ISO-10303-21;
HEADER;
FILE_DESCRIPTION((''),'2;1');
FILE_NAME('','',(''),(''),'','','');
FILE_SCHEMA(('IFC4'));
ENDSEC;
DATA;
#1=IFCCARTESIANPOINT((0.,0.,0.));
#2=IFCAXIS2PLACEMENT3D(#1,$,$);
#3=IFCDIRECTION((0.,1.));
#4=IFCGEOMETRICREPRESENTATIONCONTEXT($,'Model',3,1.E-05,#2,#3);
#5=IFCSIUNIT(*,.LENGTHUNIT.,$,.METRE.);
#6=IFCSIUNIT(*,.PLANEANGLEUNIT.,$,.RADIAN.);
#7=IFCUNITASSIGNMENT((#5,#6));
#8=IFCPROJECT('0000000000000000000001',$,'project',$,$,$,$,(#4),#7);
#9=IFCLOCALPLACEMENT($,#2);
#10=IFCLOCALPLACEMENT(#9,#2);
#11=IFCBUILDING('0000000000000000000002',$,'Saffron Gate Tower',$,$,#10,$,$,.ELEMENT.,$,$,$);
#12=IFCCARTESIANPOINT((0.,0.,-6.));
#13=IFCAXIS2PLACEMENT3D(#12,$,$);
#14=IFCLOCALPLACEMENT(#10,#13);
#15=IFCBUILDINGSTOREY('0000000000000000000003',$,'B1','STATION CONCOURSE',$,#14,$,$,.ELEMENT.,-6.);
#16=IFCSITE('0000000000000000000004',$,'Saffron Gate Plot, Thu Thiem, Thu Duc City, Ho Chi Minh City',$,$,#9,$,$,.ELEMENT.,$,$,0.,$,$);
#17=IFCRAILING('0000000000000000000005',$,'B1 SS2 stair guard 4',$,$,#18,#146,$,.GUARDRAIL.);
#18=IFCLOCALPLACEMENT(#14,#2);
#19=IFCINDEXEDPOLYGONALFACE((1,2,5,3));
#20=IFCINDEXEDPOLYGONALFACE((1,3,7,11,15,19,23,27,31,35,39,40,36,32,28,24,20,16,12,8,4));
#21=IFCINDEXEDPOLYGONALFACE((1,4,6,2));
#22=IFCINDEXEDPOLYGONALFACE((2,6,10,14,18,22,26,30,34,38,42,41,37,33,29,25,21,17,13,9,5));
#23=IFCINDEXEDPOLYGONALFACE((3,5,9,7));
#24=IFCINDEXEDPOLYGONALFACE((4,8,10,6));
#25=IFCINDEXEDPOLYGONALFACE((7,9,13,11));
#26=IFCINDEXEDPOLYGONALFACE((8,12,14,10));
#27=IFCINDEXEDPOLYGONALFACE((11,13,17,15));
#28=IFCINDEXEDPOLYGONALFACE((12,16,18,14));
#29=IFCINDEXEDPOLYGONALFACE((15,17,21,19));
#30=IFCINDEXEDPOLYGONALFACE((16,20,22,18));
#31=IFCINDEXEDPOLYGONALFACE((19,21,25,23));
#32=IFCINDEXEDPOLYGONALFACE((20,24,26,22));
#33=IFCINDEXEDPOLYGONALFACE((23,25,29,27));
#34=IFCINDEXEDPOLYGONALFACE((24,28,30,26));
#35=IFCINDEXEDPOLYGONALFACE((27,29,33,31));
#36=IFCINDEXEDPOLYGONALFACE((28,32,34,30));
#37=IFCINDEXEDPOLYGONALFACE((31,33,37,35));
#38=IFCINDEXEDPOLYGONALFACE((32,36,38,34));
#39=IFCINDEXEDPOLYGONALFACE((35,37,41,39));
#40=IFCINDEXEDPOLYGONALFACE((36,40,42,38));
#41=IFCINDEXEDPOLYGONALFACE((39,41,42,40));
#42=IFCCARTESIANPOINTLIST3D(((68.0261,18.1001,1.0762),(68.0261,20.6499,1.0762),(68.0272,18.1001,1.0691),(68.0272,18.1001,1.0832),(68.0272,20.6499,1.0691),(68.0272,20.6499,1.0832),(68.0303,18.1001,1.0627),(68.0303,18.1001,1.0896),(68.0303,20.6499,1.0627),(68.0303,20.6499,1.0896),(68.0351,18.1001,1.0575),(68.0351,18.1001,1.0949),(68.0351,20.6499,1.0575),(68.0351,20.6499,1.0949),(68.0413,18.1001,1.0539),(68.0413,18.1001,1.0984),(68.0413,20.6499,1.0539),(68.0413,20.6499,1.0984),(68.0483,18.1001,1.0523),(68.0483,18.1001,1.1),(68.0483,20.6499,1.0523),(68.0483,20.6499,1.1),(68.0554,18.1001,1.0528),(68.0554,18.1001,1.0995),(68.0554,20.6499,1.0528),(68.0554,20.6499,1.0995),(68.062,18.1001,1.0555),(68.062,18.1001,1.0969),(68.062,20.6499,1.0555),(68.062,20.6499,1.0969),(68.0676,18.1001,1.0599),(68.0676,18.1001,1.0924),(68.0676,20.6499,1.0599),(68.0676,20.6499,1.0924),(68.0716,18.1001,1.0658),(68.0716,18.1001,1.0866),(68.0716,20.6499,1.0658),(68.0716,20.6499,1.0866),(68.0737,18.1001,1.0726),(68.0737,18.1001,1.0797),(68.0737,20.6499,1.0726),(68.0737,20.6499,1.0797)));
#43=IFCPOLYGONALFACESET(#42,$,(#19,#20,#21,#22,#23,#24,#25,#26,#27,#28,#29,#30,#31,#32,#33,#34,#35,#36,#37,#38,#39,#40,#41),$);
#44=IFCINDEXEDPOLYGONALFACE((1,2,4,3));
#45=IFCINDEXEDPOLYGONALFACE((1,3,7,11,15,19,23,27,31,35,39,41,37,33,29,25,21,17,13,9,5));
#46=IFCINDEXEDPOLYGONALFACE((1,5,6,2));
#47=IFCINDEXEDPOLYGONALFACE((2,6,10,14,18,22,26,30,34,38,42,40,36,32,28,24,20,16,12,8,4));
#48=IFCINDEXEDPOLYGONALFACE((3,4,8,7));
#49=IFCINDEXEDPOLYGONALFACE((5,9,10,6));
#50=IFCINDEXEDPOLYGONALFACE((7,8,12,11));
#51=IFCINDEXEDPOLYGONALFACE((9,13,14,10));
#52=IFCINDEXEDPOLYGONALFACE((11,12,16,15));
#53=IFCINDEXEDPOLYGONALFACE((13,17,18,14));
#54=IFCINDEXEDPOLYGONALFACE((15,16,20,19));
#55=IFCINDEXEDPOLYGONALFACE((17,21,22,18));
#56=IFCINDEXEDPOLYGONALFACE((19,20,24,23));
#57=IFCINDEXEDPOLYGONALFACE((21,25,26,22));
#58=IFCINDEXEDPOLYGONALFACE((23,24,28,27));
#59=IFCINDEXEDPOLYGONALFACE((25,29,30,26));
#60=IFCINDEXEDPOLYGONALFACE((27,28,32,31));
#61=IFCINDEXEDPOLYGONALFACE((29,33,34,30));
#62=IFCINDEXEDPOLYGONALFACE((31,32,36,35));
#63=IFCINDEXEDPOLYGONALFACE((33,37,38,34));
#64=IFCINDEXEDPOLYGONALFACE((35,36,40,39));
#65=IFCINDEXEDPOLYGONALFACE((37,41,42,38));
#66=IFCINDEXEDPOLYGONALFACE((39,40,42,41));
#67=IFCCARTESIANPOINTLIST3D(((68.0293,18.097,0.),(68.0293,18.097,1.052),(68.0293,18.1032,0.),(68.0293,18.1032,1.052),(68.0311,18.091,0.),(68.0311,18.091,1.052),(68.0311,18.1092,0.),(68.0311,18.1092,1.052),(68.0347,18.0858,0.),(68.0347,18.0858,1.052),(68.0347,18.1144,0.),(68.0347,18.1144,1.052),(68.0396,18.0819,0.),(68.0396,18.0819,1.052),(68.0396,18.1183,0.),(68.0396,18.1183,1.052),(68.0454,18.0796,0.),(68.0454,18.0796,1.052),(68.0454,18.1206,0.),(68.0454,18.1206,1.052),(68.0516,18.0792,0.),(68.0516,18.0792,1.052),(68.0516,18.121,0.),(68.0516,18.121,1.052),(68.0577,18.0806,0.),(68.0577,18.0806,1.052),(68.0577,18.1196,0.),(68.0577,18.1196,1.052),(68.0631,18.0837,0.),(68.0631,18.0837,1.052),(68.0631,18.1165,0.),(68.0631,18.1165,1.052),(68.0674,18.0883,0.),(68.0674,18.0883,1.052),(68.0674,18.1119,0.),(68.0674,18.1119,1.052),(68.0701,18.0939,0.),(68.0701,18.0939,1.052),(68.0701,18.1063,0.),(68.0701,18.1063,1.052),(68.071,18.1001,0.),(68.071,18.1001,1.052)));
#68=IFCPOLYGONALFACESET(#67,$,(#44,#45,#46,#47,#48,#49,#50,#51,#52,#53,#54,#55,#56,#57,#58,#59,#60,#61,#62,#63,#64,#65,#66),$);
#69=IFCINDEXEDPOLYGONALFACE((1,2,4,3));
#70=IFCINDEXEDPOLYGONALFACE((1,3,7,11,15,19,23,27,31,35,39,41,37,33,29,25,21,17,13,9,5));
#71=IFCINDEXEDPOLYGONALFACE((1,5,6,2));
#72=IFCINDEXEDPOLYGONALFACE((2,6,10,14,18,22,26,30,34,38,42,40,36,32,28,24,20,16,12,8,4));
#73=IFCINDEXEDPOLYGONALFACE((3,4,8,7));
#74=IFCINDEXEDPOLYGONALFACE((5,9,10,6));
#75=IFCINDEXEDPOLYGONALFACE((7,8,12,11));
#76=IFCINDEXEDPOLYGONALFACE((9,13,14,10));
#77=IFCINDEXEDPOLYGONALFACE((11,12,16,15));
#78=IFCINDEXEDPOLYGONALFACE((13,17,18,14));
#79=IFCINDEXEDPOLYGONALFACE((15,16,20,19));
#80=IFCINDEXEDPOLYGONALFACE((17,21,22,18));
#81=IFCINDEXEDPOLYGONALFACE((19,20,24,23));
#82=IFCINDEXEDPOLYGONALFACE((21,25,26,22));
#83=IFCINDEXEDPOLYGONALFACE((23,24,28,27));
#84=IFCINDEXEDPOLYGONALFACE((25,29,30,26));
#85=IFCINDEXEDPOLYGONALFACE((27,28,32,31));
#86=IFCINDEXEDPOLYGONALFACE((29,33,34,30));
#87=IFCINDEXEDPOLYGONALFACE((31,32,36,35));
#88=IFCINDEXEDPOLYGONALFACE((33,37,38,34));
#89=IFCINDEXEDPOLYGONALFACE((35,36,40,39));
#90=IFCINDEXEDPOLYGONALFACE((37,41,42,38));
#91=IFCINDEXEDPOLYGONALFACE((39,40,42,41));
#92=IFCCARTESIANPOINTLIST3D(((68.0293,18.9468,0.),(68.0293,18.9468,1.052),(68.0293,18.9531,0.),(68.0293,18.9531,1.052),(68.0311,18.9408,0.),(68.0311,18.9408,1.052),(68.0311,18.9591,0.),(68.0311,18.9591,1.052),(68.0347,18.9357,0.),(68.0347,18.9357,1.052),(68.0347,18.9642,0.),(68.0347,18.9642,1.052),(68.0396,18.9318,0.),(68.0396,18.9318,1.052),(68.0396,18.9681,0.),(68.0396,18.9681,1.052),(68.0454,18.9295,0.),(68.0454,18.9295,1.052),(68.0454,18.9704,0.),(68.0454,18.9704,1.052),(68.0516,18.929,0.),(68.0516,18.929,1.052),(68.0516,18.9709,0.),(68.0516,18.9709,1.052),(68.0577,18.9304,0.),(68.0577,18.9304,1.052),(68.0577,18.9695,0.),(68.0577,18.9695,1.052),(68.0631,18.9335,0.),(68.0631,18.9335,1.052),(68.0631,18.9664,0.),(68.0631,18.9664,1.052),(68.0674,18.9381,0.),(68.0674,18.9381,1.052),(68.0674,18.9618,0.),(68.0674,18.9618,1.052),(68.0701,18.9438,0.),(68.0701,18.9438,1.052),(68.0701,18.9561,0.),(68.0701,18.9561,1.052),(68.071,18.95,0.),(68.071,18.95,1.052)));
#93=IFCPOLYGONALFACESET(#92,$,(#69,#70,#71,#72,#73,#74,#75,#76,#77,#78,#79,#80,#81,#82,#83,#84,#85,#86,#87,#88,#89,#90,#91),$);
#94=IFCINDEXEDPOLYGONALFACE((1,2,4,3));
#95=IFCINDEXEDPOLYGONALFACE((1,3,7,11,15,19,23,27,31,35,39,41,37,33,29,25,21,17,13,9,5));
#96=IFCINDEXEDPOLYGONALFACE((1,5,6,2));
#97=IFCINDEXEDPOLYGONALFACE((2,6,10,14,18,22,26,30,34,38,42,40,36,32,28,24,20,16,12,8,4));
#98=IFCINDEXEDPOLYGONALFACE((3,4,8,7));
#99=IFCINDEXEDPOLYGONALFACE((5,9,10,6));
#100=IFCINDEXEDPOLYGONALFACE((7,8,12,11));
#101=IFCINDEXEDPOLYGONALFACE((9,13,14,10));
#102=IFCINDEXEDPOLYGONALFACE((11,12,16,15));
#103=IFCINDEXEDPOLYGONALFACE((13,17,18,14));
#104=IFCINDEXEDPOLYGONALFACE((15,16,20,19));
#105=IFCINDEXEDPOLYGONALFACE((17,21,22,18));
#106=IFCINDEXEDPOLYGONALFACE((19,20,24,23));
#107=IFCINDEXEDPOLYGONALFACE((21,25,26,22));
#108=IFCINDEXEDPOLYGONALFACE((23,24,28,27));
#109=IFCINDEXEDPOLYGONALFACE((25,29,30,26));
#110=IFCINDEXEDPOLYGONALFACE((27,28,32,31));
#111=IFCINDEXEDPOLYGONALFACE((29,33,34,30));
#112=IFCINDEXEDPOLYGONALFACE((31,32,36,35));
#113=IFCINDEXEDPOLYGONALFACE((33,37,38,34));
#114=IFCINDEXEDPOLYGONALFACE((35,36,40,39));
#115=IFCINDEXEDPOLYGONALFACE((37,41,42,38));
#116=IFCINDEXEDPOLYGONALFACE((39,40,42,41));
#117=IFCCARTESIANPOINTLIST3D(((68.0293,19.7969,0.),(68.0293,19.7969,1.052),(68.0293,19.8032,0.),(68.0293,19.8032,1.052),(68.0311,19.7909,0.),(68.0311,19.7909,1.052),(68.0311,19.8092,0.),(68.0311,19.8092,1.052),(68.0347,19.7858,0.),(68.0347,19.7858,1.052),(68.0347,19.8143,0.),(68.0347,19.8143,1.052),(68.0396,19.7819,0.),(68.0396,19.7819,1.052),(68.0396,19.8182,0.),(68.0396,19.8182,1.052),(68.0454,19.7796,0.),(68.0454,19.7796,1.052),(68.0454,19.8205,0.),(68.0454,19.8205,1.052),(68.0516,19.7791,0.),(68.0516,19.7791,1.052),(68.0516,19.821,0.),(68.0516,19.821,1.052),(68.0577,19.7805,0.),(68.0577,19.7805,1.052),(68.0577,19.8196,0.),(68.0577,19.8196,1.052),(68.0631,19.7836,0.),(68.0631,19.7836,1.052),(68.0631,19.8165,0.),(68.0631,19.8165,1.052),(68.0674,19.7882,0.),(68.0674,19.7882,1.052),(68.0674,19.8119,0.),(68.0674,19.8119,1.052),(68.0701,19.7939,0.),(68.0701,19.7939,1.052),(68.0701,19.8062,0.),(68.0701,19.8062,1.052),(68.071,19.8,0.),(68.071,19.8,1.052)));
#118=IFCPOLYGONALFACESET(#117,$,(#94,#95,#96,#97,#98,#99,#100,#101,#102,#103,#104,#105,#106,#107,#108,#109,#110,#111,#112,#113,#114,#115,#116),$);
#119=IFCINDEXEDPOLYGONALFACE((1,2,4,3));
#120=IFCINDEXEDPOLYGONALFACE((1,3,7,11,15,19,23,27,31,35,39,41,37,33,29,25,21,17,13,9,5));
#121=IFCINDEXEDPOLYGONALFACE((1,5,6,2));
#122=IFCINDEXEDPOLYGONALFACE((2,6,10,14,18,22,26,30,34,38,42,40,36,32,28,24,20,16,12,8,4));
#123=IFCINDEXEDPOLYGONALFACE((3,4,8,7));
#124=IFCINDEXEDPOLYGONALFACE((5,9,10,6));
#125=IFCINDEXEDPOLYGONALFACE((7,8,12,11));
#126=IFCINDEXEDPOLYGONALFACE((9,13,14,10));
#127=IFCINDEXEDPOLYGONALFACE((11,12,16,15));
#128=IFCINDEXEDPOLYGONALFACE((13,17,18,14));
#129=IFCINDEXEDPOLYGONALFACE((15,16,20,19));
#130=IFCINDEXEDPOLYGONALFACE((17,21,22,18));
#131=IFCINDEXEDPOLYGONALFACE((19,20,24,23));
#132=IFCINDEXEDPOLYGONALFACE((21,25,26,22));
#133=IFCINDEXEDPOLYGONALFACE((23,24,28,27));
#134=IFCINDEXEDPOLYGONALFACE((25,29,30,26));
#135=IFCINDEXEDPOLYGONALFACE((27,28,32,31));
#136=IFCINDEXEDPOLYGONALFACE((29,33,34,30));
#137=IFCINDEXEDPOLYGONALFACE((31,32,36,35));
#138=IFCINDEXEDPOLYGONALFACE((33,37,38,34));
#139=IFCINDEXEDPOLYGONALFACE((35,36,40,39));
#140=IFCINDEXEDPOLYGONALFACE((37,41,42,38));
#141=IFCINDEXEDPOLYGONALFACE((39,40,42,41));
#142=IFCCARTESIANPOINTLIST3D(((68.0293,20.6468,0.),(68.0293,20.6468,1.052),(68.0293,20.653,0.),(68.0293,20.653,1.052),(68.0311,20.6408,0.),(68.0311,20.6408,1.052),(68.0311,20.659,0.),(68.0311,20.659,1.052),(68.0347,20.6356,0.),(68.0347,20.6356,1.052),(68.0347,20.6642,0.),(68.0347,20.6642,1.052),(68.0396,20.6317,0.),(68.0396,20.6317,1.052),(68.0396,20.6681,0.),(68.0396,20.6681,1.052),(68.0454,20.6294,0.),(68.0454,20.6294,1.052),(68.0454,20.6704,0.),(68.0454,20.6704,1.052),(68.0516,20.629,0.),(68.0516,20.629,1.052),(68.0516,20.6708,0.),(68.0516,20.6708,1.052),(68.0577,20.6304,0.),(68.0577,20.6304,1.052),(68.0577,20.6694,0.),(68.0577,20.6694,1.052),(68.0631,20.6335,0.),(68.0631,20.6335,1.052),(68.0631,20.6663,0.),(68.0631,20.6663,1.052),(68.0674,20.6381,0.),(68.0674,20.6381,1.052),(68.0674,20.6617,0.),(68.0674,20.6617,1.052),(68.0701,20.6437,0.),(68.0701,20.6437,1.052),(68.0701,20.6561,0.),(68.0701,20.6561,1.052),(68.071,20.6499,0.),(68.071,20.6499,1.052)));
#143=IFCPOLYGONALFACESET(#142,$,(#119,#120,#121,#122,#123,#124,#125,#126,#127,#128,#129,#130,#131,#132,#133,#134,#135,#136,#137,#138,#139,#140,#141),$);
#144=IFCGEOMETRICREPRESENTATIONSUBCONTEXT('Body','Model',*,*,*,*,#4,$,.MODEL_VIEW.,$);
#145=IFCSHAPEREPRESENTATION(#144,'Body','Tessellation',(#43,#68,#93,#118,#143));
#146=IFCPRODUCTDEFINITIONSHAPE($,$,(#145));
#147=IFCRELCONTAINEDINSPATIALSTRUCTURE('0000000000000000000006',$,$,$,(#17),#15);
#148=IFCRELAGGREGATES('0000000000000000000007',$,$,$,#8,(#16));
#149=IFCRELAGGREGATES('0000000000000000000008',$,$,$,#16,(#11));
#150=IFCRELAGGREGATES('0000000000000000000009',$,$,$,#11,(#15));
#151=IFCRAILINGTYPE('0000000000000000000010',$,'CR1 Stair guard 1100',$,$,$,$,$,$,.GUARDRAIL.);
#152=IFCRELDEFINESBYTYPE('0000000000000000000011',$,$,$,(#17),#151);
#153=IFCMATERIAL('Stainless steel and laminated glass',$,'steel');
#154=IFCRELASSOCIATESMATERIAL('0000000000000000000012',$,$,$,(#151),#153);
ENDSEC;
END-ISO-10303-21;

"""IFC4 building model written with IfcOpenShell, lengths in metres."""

from ifc_helpers import new_model, si_unit, direction, frame, origin, origin_2d, place, context, subcontext, project, spatial, circle, extrude, material, type_object, element, save


model = new_model("IFC4")

# Units and contexts
model_context = context("Model", 3, precision=1e-05, world=origin(), true_north=direction((0.0, 1.0)))
body_context = subcontext(model_context, "Body", "Model", "MODEL_VIEW")
ifc_project = project(units=[si_unit("LENGTHUNIT", "METRE"), si_unit("PLANEANGLEUNIT", "RADIAN")], contexts=[model_context])

# Site, building, storey
site_placement = place(None, origin())
site = spatial("IfcSite", under=ifc_project, at=site_placement, Name="Saffron Gate Plot, Thu Thiem, Thu Duc City, Ho Chi Minh City", CompositionType="ELEMENT", RefElevation=0.0)
building_placement = place(site_placement, origin())
building = spatial("IfcBuilding", under=site, at=building_placement, Name="Saffron Gate Tower", CompositionType="ELEMENT")
storey_placement = place(building_placement, frame((0.0, 0.0, -6.0)))
storey = spatial("IfcBuildingStorey", under=building, at=storey_placement, Name="B1", Description="STATION CONCOURSE", CompositionType="ELEMENT", Elevation=-6.0)

# Railing
ifc_material_1 = material(Name="Stainless steel and laminated glass", Category="steel")
railing_type_1 = type_object("IfcRailingType", Name="CR1 Stair guard 1100", PredefinedType="GUARDRAIL", material=ifc_material_1)
for number, where, name in (
    (1, (68.05, 18.1001, 0.0), "B1 SS2 stair guard 4"),
):
    element("IfcRailing", number, at=place(storey_placement, frame(where)), inside=storey, type_object=railing_type_1, Name=name, PredefinedType="GUARDRAIL", context=body_context, shape_type="SweptSolid", body=[
        extrude(circle(Radius=0.0239, at=origin_2d()), frame((0.0, 0.0, 1.0762), z_axis=(0.0, 1.0, 0.0), x_axis=(-1.0, 0.0, 0.0)), (0.0, 0.0, 1.0), 2.5498),
        extrude(circle(Radius=0.021, at=origin_2d()), origin(), (0.0, 0.0, 1.0), 1.052),
        extrude(circle(Radius=0.021, at=origin_2d()), frame((0.0, 0.8499, 0.0)), (0.0, 0.0, 1.0), 1.052),
        extrude(circle(Radius=0.021, at=origin_2d()), frame((0.0, 1.7, 0.0)), (0.0, 0.0, 1.0), 1.052),
        extrude(circle(Radius=0.021, at=origin_2d()), frame((0.0, 2.5498, 0.0)), (0.0, 0.0, 1.0), 1.052),
    ])

save(model, "model.ifc")
